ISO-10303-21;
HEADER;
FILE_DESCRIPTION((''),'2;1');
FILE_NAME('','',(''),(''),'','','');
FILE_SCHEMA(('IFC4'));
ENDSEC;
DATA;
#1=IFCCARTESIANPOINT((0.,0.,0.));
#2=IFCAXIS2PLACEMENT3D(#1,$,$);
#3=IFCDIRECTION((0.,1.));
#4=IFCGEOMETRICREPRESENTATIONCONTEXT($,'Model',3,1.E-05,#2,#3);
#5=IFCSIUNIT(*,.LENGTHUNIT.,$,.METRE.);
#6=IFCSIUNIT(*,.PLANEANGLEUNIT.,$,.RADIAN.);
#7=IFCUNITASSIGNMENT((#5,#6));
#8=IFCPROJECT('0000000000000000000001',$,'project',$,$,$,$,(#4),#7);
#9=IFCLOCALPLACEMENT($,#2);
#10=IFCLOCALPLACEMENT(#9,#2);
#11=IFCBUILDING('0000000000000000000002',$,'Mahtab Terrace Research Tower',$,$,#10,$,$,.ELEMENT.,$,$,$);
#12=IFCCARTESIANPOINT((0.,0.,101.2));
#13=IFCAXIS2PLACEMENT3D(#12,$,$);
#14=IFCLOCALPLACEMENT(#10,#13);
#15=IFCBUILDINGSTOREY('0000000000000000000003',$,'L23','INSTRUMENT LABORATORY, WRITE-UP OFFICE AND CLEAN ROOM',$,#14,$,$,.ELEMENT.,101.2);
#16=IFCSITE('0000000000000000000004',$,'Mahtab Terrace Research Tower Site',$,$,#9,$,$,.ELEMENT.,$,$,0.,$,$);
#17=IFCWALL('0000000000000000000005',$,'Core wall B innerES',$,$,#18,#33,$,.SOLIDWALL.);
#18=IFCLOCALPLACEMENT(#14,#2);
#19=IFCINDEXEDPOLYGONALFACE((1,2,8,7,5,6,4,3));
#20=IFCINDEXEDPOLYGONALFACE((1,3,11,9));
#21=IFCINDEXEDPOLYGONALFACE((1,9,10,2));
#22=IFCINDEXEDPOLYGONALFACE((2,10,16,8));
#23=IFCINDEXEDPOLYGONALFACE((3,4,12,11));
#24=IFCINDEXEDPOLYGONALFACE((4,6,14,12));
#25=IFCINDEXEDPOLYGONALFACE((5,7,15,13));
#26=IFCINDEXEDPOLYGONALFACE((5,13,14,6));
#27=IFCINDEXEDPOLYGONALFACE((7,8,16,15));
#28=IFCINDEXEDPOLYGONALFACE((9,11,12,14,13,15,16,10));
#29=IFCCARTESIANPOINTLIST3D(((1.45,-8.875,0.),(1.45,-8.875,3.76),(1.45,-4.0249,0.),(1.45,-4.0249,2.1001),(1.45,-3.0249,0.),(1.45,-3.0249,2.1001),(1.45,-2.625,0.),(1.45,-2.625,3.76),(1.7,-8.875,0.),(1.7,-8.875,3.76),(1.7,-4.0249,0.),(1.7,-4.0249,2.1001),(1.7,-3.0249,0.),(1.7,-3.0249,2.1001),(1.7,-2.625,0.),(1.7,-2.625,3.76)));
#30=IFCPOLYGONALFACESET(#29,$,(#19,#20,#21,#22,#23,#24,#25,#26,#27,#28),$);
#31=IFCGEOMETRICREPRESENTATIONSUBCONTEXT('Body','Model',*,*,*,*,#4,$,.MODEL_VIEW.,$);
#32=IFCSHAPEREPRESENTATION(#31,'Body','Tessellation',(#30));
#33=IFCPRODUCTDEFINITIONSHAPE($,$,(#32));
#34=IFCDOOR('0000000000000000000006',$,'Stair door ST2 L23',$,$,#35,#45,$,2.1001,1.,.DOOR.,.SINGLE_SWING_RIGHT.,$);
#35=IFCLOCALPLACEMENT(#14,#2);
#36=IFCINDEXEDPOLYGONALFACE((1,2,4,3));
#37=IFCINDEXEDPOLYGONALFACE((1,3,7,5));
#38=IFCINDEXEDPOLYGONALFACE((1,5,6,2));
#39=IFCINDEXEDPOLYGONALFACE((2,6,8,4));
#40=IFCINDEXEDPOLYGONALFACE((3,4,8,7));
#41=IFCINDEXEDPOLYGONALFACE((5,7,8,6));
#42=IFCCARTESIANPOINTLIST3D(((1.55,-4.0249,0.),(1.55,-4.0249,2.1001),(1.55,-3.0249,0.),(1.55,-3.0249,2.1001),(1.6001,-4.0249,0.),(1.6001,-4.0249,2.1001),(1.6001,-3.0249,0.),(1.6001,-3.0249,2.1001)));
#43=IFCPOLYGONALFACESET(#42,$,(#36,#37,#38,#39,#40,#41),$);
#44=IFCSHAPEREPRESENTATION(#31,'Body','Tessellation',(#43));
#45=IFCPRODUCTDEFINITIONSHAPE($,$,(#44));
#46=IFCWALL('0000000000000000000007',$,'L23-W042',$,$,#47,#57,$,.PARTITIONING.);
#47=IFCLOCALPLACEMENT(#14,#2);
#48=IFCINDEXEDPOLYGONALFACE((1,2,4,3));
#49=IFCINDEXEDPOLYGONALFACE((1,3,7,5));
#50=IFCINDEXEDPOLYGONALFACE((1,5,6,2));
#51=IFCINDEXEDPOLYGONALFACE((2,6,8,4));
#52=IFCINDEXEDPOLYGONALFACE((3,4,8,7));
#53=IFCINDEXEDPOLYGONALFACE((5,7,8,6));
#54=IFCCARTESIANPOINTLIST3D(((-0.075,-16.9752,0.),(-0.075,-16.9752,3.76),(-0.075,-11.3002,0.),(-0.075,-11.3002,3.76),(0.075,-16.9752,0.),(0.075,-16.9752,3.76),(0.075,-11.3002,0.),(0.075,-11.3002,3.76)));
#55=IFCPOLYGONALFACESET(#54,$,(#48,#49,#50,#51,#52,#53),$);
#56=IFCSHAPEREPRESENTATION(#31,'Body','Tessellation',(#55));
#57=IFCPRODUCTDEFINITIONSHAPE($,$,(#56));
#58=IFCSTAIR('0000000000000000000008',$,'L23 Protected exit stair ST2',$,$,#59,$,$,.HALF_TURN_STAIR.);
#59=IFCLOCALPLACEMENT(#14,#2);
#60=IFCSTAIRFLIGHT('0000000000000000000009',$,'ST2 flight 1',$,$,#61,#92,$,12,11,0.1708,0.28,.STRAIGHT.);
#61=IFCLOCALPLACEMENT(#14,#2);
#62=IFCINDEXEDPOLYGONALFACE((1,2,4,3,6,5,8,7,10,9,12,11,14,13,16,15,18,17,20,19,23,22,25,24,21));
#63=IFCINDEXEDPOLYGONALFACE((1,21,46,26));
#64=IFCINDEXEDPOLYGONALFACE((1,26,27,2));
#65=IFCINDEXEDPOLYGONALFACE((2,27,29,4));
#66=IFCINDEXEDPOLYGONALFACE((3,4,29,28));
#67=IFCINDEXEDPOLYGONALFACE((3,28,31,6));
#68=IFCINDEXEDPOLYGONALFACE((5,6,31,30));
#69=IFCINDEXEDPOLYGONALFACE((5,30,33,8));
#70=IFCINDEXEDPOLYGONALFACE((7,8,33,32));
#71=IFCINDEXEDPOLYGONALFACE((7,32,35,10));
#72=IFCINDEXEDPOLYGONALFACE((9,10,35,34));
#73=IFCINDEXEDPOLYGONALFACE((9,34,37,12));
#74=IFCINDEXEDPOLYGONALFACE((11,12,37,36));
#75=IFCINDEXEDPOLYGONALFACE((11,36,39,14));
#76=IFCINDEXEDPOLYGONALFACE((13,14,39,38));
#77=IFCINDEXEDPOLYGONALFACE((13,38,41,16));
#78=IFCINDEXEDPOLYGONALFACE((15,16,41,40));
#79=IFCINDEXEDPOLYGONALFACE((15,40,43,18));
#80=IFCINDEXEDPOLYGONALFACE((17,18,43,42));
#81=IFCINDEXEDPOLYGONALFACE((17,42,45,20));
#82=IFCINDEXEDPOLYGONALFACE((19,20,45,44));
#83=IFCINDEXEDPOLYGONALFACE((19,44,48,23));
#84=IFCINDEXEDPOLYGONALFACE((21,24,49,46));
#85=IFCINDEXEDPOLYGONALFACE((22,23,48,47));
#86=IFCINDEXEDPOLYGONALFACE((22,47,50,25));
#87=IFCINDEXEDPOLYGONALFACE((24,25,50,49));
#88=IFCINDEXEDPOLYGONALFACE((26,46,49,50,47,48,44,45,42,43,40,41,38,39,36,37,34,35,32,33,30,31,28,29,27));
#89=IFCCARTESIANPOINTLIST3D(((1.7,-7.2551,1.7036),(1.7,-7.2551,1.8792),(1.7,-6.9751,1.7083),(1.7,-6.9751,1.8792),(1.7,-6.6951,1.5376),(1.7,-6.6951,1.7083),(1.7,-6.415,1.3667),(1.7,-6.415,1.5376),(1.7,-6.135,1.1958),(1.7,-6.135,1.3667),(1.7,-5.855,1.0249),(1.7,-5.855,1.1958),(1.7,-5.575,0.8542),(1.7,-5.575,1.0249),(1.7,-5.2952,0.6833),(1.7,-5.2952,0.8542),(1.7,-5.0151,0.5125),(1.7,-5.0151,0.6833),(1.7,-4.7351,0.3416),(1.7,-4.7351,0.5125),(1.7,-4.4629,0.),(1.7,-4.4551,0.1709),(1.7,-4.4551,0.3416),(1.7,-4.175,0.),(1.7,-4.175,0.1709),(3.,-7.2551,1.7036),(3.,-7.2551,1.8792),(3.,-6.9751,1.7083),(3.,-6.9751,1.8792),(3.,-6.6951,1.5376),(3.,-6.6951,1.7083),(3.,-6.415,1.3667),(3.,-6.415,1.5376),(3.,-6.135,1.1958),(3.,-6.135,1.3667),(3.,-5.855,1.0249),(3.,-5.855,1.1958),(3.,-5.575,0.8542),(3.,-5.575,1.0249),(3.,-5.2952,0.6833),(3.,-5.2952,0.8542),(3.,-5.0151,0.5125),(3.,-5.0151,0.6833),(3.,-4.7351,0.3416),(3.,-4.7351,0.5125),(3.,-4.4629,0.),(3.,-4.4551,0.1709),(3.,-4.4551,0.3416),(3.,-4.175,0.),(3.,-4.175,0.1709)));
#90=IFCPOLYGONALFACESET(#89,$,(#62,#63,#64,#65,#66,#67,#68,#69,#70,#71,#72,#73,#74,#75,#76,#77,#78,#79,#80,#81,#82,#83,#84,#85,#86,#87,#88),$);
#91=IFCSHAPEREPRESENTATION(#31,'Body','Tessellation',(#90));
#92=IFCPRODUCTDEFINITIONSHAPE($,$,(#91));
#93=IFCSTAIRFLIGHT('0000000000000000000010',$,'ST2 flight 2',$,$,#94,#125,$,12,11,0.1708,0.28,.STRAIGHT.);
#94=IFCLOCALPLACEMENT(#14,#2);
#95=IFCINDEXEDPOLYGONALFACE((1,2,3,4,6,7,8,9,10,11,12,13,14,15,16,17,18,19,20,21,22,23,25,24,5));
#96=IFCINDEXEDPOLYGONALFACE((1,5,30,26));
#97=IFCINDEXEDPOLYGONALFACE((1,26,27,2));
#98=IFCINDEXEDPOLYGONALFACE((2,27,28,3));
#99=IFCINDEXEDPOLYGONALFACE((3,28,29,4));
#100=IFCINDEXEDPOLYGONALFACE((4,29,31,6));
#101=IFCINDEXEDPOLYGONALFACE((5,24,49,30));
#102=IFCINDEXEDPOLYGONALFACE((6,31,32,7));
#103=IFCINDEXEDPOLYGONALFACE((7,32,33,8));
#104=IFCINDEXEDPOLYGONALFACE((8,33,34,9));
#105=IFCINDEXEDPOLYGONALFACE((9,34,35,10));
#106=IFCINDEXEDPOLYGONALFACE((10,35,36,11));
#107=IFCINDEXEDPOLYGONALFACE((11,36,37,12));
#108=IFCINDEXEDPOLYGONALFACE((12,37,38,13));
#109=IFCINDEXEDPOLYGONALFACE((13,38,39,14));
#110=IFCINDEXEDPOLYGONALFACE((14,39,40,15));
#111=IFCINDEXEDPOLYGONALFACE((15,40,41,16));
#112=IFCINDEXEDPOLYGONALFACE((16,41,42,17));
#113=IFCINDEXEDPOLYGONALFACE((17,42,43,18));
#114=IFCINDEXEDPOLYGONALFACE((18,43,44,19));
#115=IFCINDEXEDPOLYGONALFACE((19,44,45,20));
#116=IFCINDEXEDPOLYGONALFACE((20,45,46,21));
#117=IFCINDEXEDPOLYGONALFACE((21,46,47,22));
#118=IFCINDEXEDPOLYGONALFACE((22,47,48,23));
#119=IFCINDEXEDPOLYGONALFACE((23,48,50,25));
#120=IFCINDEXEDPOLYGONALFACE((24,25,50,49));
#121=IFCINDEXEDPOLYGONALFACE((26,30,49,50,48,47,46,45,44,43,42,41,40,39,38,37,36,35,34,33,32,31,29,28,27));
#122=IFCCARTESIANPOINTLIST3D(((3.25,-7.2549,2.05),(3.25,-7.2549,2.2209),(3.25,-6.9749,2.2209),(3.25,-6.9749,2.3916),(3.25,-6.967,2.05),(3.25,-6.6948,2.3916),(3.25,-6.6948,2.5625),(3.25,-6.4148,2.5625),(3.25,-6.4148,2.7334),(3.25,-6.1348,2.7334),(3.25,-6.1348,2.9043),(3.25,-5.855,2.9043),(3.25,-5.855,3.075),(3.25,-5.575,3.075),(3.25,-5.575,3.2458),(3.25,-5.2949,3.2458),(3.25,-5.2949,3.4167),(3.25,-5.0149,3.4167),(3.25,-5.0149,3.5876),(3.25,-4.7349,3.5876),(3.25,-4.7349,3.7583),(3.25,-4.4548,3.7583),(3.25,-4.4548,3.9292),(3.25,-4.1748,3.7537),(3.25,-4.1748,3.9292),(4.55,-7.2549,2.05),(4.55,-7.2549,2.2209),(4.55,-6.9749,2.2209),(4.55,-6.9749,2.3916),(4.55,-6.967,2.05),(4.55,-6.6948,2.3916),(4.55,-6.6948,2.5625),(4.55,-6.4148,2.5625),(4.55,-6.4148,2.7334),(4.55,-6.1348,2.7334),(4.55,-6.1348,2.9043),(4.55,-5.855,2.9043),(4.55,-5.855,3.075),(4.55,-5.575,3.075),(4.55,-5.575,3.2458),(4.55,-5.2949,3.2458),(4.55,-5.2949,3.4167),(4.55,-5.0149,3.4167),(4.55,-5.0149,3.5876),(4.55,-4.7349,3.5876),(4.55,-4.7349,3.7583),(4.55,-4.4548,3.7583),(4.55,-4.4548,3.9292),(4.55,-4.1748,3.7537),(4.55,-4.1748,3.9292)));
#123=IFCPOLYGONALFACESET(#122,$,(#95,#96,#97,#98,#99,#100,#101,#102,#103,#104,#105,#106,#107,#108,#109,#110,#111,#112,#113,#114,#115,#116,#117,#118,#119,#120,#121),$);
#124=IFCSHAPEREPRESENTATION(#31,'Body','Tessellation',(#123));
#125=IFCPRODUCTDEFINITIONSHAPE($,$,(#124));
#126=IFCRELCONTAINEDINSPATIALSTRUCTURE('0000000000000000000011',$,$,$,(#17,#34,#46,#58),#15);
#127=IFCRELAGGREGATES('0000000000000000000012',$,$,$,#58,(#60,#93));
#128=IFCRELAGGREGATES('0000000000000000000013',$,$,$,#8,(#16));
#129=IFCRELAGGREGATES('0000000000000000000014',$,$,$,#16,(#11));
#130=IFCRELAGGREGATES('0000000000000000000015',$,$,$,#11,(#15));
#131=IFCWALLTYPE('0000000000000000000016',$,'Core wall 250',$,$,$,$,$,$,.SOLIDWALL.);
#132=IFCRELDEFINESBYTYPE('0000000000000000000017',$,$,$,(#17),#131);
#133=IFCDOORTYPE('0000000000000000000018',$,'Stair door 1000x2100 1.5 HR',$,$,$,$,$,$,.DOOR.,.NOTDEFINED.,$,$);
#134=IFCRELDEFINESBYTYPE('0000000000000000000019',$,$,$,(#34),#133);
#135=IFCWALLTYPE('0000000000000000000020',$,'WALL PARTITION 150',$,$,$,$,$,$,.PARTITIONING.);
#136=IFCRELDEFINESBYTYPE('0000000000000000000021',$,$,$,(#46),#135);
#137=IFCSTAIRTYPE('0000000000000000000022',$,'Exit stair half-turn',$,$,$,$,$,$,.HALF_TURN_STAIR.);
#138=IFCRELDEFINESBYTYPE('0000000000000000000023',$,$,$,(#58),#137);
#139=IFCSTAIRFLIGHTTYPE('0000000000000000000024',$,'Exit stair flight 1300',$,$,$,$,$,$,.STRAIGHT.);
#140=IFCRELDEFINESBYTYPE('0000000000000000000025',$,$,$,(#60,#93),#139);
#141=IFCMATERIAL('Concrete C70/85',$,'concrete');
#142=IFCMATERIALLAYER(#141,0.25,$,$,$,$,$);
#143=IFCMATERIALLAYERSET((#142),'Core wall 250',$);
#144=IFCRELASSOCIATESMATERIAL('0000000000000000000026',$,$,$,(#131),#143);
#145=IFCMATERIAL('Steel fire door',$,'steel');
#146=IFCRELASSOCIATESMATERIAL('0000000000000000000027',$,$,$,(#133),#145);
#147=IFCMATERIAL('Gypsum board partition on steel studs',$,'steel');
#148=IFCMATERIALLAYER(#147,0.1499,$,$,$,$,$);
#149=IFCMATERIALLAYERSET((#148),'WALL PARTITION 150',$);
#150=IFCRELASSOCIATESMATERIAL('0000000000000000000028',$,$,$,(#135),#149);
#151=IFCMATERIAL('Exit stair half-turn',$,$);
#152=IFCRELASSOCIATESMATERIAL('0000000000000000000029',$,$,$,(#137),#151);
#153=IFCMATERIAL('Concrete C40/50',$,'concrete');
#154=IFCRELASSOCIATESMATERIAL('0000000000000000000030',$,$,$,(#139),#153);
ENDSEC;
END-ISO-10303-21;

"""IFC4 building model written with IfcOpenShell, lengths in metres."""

from ifc_helpers import new_model, si_unit, direction, frame, frame_2d, origin, place, context, subcontext, project, spatial, polyline, rectangle, outline, extrude, material, layer, layer_set, type_object, element, fill, aggregate, save


model = new_model("IFC4")

# Units and contexts
model_context = context("Model", 3, precision=1e-05, world=origin(), true_north=direction((0.0, 1.0)))
body_context = subcontext(model_context, "Body", "Model", "MODEL_VIEW")
ifc_project = project(units=[si_unit("LENGTHUNIT", "METRE"), si_unit("PLANEANGLEUNIT", "RADIAN")], contexts=[model_context])

# Site, building, storey
site_placement = place(None, origin())
site = spatial("IfcSite", under=ifc_project, at=site_placement, Name="Mahtab Terrace Research Tower Site", CompositionType="ELEMENT", RefElevation=0.0)
building_placement = place(site_placement, origin())
building = spatial("IfcBuilding", under=site, at=building_placement, Name="Mahtab Terrace Research Tower", CompositionType="ELEMENT")
storey_placement = place(building_placement, frame((0.0, 0.0, 101.2)))
storey = spatial("IfcBuildingStorey", under=building, at=storey_placement, Name="L23", Description="INSTRUMENT LABORATORY, WRITE-UP OFFICE AND CLEAN ROOM", CompositionType="ELEMENT", Elevation=101.2)

# Shared definitions
ifc_material_1 = material(Name="Concrete C70/85", Category="concrete")
ifc_layer_1 = layer(ifc_material_1, 0.25)
ifc_layer_set_1 = layer_set([ifc_layer_1], Name="Core wall 250")
wall_type_1 = type_object("IfcWallType", Name="Core wall 250", PredefinedType="SOLIDWALL", material=ifc_layer_set_1)
ifc_material_2 = material(Name="Steel fire door", Category="steel")

# Wall, opening, door
wall_1_placement = place(storey_placement, frame((1.575, -8.875, 0.0), z_axis=(0.0, 0.0, 1.0), x_axis=(0.0, 1.0, 0.0)))
wall_1 = element("IfcWall", 1, at=wall_1_placement, inside=storey, type_object=wall_type_1, Name="Core wall B innerES", PredefinedType="SOLIDWALL", context=body_context, shape_type="SweptSolid", body=[
    extrude(rectangle(XDim=6.25, YDim=0.25, at=frame_2d((3.125, 0.0))), origin(), (0.0, 0.0, 1.0), 3.76),
])
opening_1_placement = place(wall_1_placement, frame((4.8501, 0.0, 0.0)))
opening_1 = element("IfcOpeningElement", 2, at=opening_1_placement, cuts=wall_1, PredefinedType="OPENING", context=body_context, shape_type="SweptSolid", body=[
    extrude(rectangle(XDim=1.0, YDim=2.1001, at=frame_2d((0.5, 1.05))), frame((0.0, 0.135, 0.0), z_axis=(0.0, -1.0, 0.0), x_axis=(1.0, 0.0, 0.0)), (0.0, 0.0, 1.0), 0.27),
])
door_type_1 = type_object("IfcDoorType", Name="Stair door 1000x2100 1.5 HR", OperationType="NOTDEFINED", PredefinedType="DOOR", material=ifc_material_2)
door_1_placement = place(opening_1_placement, origin())
door_1 = element("IfcDoor", 3, at=door_1_placement, inside=storey, type_object=door_type_1, Name="Stair door ST2 L23", OperationType="SINGLE_SWING_RIGHT", OverallHeight=2.1001, OverallWidth=1.0, PredefinedType="DOOR", context=body_context, shape_type="SweptSolid", body=[
    extrude(rectangle(XDim=1.0, YDim=2.1001, at=frame_2d((0.5, 1.05))), frame((0.0, 0.0249, 0.0), z_axis=(0.0, -1.0, 0.0), x_axis=(1.0, 0.0, 0.0)), (0.0, 0.0, 1.0), 0.05),
])
fill(opening_1, door_1)

# Wall
ifc_material_3 = material(Name="Gypsum board partition on steel studs", Category="steel")
ifc_layer_2 = layer(ifc_material_3, 0.1499)
ifc_layer_set_2 = layer_set([ifc_layer_2], Name="WALL PARTITION 150")
wall_type_2 = type_object("IfcWallType", Name="WALL PARTITION 150", PredefinedType="PARTITIONING", material=ifc_layer_set_2)
wall_2_placement = place(storey_placement, frame((0.0, -16.9751, 0.0), z_axis=(0.0, 0.0, 1.0), x_axis=(0.0, 1.0, 0.0)))
element("IfcWall", 4, at=wall_2_placement, inside=storey, type_object=wall_type_2, Name="L23-W042", PredefinedType="PARTITIONING", context=body_context, shape_type="SweptSolid", body=[
    extrude(rectangle(XDim=5.675, YDim=0.1499, at=frame_2d((2.8374, 0.0))), origin(), (0.0, 0.0, 1.0), 3.76),
])

# Stair, stair flights
ifc_material_4 = material(Name="Exit stair half-turn")
stair_type = type_object("IfcStairType", Name="Exit stair half-turn", PredefinedType="HALF_TURN_STAIR", material=ifc_material_4)
stair_placement = place(storey_placement, origin())
stair = element("IfcStair", 5, at=stair_placement, inside=storey, type_object=stair_type, Name="L23 Protected exit stair ST2", PredefinedType="HALF_TURN_STAIR")
ifc_material_5 = material(Name="Concrete C40/50", Category="concrete")
stair_flight_type = type_object("IfcStairFlightType", Name="Exit stair flight 1300", PredefinedType="STRAIGHT", material=ifc_material_5)
stair_flight_1_placement = place(storey_placement, frame((2.3501, -4.175, 0.0), z_axis=(0.0, 0.0, 1.0), x_axis=(0.0, -1.0, 0.0)))
stair_flight_1 = element("IfcStairFlight", 6, at=stair_flight_1_placement, type_object=stair_flight_type, Name="ST2 flight 1", NumberOfRisers=12, NumberOfTreads=11, PredefinedType="STRAIGHT", RiserHeight=0.1708, TreadLength=0.28, context=body_context, shape_type="SweptSolid", body=[
    extrude(outline(polyline([(0.0, 0.0), (0.0, 0.1709), (0.28, 0.1709), (0.28, 0.3416), (0.5601, 0.3416), (0.5601, 0.5125), (0.8401, 0.5125), (0.8401, 0.6833), (1.1201, 0.6833), (1.1201, 0.8542), (1.3999, 0.8542), (1.3999, 1.0249), (1.6799, 1.0249), (1.6799, 1.1958), (1.96, 1.1958), (1.96, 1.3667), (2.24, 1.3667), (2.24, 1.5376), (2.52, 1.5376), (2.52, 1.7083), (2.8, 1.7083), (2.8, 1.8792), (3.0801, 1.8792), (3.0801, 2.05), (3.0801, 1.7036), (0.2878, 0.0), (0.0, 0.0)])), frame((0.0, 0.6499, 0.0), z_axis=(0.0, -1.0, 0.0), x_axis=(1.0, 0.0, 0.0)), (0.0, 0.0, 1.0), 1.3),
])
stair_flight_2_placement = place(storey_placement, frame((3.8999, -7.2549, 2.05), z_axis=(0.0, 0.0, 1.0), x_axis=(0.0, 1.0, 0.0)))
stair_flight_2 = element("IfcStairFlight", 7, at=stair_flight_2_placement, type_object=stair_flight_type, Name="ST2 flight 2", NumberOfRisers=12, NumberOfTreads=11, PredefinedType="STRAIGHT", RiserHeight=0.1708, TreadLength=0.28, context=body_context, shape_type="SweptSolid", body=[
    extrude(outline(polyline([(0.0, 0.0), (0.0, 0.1709), (0.28, 0.1709), (0.28, 0.3416), (0.5601, 0.3416), (0.5601, 0.5125), (0.8401, 0.5125), (0.8401, 0.6833), (1.1201, 0.6833), (1.1201, 0.8542), (1.3999, 0.8542), (1.3999, 1.0249), (1.6799, 1.0249), (1.6799, 1.1958), (1.96, 1.1958), (1.96, 1.3667), (2.24, 1.3667), (2.24, 1.5376), (2.52, 1.5376), (2.52, 1.7083), (2.8, 1.7083), (2.8, 1.8792), (3.0801, 1.8792), (3.0801, 2.05), (3.0801, 1.7036), (0.2878, 0.0), (0.0, 0.0)])), frame((0.0, 0.6499, 0.0), z_axis=(0.0, -1.0, 0.0), x_axis=(1.0, 0.0, 0.0)), (0.0, 0.0, 1.0), 1.3),
])
aggregate(stair, [stair_flight_1, stair_flight_2])

save(model, "model.ifc")
